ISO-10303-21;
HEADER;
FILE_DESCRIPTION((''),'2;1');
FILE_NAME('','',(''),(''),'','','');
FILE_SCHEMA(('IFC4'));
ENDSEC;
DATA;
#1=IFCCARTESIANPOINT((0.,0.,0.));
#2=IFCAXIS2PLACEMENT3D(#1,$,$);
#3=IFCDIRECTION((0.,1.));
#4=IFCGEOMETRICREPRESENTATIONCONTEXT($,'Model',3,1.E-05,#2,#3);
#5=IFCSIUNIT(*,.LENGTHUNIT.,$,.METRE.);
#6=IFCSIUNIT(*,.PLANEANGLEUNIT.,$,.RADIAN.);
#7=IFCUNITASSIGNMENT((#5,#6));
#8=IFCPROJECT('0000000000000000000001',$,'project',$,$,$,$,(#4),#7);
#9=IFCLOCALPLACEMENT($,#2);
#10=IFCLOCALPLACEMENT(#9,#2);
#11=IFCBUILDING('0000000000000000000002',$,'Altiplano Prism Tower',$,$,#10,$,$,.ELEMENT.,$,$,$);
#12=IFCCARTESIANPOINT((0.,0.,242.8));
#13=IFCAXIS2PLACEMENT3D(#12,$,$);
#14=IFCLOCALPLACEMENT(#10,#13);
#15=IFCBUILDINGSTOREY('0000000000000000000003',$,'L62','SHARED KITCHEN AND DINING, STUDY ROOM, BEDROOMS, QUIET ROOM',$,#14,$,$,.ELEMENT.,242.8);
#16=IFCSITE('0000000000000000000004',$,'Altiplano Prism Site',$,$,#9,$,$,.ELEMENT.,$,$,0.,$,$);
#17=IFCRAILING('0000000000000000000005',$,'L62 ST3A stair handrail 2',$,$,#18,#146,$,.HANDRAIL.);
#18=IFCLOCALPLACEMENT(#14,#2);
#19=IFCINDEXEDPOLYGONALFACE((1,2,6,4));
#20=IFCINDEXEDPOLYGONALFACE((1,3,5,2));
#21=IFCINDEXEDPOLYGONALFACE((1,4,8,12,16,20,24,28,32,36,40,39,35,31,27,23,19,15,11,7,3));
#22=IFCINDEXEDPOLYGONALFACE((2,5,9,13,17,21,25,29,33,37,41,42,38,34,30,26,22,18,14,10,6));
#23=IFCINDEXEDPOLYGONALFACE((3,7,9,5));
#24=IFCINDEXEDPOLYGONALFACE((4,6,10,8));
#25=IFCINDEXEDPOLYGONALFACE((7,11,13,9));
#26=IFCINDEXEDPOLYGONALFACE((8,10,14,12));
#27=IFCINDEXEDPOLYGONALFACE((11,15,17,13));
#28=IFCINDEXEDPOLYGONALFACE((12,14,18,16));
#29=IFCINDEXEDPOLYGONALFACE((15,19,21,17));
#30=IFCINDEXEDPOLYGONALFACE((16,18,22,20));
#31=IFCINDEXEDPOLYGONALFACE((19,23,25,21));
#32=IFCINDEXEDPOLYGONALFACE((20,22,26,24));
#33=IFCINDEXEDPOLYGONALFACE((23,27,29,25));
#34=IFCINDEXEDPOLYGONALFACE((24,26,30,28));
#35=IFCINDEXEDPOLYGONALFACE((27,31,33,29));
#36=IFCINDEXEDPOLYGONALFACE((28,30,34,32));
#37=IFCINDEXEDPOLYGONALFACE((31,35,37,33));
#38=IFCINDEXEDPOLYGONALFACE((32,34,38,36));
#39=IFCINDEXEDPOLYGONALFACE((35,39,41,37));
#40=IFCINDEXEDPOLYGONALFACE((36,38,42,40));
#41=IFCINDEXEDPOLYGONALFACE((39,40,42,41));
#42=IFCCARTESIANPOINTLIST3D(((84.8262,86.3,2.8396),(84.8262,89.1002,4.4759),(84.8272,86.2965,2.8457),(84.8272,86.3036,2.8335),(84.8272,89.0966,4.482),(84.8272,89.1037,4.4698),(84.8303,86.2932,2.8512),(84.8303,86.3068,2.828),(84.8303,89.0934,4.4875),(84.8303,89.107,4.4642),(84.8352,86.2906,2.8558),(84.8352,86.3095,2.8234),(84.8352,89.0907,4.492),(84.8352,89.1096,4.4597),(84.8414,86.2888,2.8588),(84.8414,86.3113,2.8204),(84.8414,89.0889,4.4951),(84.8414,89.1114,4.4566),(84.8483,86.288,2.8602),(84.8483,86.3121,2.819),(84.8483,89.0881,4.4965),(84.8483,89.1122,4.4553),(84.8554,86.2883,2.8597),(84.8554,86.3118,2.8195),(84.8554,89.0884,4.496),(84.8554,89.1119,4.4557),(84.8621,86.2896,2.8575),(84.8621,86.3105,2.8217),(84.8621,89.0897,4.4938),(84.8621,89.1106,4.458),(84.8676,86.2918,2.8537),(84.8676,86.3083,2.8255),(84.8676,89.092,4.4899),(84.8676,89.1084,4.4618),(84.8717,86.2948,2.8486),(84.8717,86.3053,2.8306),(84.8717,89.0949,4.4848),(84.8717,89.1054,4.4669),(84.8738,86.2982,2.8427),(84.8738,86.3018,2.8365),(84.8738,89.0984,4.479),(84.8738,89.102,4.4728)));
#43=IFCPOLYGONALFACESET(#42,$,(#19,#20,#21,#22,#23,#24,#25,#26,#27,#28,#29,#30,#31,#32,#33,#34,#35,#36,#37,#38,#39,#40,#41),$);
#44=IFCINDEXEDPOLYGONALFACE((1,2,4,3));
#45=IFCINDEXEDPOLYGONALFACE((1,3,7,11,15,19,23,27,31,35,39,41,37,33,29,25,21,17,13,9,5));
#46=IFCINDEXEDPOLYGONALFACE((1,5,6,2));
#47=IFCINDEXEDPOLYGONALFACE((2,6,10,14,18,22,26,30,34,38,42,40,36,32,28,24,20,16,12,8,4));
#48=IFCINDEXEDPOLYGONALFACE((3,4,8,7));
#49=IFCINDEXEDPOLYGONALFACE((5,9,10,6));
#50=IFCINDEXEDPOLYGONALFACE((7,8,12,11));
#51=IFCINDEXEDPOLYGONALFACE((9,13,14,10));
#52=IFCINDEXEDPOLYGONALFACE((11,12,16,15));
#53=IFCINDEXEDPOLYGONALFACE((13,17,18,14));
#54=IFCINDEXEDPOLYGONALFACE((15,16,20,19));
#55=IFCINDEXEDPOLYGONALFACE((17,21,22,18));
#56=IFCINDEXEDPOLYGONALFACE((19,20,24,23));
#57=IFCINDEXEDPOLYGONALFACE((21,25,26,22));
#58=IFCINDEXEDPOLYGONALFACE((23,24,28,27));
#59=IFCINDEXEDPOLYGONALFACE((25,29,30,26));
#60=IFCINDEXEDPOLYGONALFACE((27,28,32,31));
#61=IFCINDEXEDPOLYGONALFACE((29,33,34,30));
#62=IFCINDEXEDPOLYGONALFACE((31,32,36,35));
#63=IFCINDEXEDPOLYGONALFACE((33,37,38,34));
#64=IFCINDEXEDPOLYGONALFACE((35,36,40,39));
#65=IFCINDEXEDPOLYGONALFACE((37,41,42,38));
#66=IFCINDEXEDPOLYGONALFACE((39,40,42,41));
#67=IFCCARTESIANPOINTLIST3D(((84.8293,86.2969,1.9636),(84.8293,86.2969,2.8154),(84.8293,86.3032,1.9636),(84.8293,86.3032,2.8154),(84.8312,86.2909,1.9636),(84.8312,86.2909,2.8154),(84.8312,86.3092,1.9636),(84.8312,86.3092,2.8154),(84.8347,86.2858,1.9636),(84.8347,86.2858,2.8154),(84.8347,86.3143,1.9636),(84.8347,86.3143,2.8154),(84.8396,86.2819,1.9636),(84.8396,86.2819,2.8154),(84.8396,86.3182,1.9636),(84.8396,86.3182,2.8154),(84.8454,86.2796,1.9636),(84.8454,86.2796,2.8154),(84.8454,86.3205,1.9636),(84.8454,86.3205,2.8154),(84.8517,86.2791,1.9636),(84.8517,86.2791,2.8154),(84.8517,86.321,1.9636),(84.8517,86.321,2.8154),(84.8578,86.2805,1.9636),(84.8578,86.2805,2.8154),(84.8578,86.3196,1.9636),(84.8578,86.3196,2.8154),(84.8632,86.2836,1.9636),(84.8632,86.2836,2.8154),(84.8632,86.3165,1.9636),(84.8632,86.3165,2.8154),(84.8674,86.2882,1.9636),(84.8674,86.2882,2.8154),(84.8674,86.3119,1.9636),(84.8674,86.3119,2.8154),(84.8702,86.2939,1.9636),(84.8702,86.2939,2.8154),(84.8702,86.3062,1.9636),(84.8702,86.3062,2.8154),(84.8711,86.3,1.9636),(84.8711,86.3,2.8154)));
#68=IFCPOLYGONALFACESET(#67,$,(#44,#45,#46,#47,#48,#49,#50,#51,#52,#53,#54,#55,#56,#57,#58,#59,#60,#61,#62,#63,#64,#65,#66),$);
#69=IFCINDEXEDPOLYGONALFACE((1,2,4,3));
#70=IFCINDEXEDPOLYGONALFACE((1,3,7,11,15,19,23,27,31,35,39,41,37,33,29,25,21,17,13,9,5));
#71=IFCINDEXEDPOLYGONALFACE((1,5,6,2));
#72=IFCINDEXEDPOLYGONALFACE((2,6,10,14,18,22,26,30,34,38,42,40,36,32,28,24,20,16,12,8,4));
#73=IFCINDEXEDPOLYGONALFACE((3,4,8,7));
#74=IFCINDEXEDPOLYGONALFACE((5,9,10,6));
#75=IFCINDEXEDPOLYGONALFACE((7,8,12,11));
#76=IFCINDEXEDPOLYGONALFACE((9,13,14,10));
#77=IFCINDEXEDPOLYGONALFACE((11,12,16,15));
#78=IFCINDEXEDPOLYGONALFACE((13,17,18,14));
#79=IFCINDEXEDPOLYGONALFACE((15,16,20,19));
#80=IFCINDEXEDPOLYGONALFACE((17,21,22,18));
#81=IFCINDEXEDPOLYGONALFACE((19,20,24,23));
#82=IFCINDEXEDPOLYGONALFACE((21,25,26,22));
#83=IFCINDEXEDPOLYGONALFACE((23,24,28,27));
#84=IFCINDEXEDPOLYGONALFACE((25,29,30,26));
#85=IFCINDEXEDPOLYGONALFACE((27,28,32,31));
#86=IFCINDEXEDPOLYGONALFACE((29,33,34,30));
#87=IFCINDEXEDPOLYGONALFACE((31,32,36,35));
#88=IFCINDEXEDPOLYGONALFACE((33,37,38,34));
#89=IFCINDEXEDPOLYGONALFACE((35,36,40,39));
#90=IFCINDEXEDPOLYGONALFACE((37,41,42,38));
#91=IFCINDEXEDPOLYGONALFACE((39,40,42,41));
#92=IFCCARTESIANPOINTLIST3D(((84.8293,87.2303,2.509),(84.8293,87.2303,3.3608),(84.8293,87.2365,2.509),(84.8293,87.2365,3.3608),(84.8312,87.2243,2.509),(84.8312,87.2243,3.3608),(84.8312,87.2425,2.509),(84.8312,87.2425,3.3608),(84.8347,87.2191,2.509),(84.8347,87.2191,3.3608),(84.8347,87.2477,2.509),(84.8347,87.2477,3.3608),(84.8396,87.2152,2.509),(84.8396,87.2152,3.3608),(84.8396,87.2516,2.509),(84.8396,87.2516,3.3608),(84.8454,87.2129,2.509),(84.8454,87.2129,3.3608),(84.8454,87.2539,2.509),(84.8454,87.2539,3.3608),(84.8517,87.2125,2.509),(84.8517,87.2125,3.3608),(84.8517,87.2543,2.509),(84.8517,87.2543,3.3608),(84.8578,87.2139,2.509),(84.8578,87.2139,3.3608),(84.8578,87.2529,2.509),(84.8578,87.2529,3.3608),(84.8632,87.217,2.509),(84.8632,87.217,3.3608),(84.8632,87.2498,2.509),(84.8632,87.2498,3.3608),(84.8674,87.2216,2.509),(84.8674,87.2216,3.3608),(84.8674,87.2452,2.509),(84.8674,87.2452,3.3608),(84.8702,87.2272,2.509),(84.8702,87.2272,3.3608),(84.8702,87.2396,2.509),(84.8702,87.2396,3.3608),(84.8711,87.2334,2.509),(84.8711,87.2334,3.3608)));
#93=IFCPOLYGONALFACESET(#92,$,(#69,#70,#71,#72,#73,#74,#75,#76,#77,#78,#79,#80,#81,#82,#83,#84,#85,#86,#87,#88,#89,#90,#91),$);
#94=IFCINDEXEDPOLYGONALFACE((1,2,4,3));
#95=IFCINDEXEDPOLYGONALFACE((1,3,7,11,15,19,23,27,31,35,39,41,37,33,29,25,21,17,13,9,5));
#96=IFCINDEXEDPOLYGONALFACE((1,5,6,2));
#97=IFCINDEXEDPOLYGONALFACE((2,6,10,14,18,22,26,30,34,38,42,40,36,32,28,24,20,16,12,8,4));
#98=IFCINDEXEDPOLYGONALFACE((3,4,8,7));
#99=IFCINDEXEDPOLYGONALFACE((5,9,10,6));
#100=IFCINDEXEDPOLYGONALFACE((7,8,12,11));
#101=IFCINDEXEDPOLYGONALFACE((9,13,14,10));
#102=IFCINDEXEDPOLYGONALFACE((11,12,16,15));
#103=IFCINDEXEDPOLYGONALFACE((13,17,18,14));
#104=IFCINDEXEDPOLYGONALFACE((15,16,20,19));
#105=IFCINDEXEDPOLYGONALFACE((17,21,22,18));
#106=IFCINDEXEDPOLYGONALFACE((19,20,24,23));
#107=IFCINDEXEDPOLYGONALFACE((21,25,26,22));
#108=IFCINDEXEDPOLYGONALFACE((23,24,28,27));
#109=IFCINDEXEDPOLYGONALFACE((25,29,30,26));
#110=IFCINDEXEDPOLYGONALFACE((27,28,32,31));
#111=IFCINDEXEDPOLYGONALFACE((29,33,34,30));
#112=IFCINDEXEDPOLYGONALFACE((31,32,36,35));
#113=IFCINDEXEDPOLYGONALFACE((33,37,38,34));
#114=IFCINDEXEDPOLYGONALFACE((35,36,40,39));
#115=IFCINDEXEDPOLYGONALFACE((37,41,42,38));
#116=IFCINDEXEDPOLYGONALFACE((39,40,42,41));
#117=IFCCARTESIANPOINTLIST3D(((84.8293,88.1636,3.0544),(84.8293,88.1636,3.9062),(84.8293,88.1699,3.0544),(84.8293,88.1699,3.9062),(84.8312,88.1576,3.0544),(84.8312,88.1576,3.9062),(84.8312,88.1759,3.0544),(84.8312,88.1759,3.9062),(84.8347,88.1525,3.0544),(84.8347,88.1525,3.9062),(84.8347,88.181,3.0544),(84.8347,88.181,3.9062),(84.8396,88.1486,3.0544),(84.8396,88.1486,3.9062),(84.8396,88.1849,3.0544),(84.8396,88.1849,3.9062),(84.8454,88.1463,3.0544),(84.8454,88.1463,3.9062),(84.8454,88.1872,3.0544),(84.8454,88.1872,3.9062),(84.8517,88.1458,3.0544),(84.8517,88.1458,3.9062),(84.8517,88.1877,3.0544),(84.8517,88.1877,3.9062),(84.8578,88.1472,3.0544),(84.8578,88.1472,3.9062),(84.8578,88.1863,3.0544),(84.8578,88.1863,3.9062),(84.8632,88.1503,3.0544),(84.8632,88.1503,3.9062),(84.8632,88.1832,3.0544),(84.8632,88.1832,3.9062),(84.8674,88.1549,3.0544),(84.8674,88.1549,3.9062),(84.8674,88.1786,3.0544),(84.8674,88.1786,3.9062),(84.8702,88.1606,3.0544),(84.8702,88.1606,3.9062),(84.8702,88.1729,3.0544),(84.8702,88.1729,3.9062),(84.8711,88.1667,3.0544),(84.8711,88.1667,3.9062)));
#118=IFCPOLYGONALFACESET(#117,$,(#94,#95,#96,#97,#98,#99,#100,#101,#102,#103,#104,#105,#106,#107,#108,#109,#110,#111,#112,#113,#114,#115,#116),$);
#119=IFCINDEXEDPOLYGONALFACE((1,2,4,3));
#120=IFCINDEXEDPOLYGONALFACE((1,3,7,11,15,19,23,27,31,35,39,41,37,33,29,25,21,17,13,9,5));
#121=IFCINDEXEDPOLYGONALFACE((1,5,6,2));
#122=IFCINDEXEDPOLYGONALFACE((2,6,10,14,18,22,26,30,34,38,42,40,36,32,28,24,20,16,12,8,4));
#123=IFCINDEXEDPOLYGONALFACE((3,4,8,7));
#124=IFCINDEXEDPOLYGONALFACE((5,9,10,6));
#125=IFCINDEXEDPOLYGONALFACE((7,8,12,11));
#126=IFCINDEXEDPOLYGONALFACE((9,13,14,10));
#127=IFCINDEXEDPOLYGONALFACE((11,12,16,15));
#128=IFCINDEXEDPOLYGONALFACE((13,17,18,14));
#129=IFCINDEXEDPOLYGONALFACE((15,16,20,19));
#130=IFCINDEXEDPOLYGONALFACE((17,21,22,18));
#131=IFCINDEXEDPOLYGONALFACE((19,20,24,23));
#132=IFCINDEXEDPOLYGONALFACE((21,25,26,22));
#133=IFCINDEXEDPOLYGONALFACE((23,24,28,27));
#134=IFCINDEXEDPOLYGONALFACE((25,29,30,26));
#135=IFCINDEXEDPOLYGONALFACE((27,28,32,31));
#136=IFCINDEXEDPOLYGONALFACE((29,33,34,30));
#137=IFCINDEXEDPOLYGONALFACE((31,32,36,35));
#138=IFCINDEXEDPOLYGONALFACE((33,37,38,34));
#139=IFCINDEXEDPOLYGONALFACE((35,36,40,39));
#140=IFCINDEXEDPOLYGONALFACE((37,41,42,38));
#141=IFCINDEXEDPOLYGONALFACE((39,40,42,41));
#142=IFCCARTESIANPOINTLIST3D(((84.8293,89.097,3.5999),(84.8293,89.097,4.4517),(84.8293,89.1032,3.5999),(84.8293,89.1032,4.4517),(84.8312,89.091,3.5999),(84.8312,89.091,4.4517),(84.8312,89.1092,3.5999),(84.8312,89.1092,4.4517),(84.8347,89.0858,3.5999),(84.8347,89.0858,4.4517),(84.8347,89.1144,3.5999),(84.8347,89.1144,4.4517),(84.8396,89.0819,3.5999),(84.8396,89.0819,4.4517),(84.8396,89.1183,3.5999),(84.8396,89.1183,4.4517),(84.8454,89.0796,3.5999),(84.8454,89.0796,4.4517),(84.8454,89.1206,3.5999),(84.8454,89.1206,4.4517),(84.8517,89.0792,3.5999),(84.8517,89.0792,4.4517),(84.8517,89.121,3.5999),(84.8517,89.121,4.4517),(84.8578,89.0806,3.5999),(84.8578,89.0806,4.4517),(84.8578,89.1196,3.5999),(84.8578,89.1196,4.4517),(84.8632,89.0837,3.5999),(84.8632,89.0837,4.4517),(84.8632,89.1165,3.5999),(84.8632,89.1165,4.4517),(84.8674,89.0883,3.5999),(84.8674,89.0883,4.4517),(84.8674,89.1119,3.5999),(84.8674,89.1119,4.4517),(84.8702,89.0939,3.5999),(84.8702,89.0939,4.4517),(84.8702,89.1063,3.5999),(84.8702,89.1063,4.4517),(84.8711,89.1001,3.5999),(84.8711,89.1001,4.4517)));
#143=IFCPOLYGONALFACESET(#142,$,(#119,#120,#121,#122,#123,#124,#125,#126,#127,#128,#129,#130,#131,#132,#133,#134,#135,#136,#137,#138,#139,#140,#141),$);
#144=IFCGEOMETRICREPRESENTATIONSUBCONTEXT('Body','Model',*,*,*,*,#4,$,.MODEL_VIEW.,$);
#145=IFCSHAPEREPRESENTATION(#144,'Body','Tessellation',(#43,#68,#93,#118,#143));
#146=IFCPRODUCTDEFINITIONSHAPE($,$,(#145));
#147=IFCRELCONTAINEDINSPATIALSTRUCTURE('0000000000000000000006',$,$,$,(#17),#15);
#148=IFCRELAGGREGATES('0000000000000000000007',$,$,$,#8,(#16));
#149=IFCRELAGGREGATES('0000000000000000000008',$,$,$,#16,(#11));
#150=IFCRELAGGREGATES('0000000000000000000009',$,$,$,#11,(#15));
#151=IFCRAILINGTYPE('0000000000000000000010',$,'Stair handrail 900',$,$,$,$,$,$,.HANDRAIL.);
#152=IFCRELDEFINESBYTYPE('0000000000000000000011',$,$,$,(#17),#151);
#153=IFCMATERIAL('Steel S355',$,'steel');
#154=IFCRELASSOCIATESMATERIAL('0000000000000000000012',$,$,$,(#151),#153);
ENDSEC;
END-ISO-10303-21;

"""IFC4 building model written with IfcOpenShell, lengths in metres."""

from ifc_helpers import new_model, si_unit, direction, frame, origin, origin_2d, place, context, subcontext, project, spatial, circle, extrude, material, type_object, element, save


model = new_model("IFC4")

# Units and contexts
model_context = context("Model", 3, precision=1e-05, world=origin(), true_north=direction((0.0, 1.0)))
body_context = subcontext(model_context, "Body", "Model", "MODEL_VIEW")
ifc_project = project(units=[si_unit("LENGTHUNIT", "METRE"), si_unit("PLANEANGLEUNIT", "RADIAN")], contexts=[model_context])

# Site, building, storey
site_placement = place(None, origin())
site = spatial("IfcSite", under=ifc_project, at=site_placement, Name="Altiplano Prism Site", CompositionType="ELEMENT", RefElevation=0.0)
building_placement = place(site_placement, origin())
building = spatial("IfcBuilding", under=site, at=building_placement, Name="Altiplano Prism Tower", CompositionType="ELEMENT")
storey_placement = place(building_placement, frame((0.0, 0.0, 242.8)))
storey = spatial("IfcBuildingStorey", under=building, at=storey_placement, Name="L62", Description="SHARED KITCHEN AND DINING, STUDY ROOM, BEDROOMS, QUIET ROOM", CompositionType="ELEMENT", Elevation=242.8)

# Railing
ifc_material_1 = material(Name="Steel S355", Category="steel")
railing_type = type_object("IfcRailingType", Name="Stair handrail 900", PredefinedType="HANDRAIL", material=ifc_material_1)
railing_1_placement = place(storey_placement, frame((84.8501, 86.3, 1.9636)))
element("IfcRailing", 1, at=railing_1_placement, inside=storey, type_object=railing_type, Name="L62 ST3A stair handrail 2", PredefinedType="HANDRAIL", context=body_context, shape_type="SweptSolid", body=[
    extrude(circle(Radius=0.0239, at=origin_2d()), frame((0.0, 0.0, 0.876), z_axis=(0.0, 0.863394, 0.504531), x_axis=(-1.0, 0.0, 0.0)), (0.0, 0.0, 1.0), 3.2432),
    extrude(circle(Radius=0.021, at=origin_2d()), origin(), (0.0, 0.0, 1.0), 0.8518),
    extrude(circle(Radius=0.021, at=origin_2d()), frame((0.0, 0.9333, 0.5454)), (0.0, 0.0, 1.0), 0.8518),
    extrude(circle(Radius=0.021, at=origin_2d()), frame((0.0, 1.8667, 1.0908)), (0.0, 0.0, 1.0), 0.8518),
    extrude(circle(Radius=0.021, at=origin_2d()), frame((0.0, 2.8, 1.6362)), (0.0, 0.0, 1.0), 0.8518),
])

save(model, "model.ifc")
